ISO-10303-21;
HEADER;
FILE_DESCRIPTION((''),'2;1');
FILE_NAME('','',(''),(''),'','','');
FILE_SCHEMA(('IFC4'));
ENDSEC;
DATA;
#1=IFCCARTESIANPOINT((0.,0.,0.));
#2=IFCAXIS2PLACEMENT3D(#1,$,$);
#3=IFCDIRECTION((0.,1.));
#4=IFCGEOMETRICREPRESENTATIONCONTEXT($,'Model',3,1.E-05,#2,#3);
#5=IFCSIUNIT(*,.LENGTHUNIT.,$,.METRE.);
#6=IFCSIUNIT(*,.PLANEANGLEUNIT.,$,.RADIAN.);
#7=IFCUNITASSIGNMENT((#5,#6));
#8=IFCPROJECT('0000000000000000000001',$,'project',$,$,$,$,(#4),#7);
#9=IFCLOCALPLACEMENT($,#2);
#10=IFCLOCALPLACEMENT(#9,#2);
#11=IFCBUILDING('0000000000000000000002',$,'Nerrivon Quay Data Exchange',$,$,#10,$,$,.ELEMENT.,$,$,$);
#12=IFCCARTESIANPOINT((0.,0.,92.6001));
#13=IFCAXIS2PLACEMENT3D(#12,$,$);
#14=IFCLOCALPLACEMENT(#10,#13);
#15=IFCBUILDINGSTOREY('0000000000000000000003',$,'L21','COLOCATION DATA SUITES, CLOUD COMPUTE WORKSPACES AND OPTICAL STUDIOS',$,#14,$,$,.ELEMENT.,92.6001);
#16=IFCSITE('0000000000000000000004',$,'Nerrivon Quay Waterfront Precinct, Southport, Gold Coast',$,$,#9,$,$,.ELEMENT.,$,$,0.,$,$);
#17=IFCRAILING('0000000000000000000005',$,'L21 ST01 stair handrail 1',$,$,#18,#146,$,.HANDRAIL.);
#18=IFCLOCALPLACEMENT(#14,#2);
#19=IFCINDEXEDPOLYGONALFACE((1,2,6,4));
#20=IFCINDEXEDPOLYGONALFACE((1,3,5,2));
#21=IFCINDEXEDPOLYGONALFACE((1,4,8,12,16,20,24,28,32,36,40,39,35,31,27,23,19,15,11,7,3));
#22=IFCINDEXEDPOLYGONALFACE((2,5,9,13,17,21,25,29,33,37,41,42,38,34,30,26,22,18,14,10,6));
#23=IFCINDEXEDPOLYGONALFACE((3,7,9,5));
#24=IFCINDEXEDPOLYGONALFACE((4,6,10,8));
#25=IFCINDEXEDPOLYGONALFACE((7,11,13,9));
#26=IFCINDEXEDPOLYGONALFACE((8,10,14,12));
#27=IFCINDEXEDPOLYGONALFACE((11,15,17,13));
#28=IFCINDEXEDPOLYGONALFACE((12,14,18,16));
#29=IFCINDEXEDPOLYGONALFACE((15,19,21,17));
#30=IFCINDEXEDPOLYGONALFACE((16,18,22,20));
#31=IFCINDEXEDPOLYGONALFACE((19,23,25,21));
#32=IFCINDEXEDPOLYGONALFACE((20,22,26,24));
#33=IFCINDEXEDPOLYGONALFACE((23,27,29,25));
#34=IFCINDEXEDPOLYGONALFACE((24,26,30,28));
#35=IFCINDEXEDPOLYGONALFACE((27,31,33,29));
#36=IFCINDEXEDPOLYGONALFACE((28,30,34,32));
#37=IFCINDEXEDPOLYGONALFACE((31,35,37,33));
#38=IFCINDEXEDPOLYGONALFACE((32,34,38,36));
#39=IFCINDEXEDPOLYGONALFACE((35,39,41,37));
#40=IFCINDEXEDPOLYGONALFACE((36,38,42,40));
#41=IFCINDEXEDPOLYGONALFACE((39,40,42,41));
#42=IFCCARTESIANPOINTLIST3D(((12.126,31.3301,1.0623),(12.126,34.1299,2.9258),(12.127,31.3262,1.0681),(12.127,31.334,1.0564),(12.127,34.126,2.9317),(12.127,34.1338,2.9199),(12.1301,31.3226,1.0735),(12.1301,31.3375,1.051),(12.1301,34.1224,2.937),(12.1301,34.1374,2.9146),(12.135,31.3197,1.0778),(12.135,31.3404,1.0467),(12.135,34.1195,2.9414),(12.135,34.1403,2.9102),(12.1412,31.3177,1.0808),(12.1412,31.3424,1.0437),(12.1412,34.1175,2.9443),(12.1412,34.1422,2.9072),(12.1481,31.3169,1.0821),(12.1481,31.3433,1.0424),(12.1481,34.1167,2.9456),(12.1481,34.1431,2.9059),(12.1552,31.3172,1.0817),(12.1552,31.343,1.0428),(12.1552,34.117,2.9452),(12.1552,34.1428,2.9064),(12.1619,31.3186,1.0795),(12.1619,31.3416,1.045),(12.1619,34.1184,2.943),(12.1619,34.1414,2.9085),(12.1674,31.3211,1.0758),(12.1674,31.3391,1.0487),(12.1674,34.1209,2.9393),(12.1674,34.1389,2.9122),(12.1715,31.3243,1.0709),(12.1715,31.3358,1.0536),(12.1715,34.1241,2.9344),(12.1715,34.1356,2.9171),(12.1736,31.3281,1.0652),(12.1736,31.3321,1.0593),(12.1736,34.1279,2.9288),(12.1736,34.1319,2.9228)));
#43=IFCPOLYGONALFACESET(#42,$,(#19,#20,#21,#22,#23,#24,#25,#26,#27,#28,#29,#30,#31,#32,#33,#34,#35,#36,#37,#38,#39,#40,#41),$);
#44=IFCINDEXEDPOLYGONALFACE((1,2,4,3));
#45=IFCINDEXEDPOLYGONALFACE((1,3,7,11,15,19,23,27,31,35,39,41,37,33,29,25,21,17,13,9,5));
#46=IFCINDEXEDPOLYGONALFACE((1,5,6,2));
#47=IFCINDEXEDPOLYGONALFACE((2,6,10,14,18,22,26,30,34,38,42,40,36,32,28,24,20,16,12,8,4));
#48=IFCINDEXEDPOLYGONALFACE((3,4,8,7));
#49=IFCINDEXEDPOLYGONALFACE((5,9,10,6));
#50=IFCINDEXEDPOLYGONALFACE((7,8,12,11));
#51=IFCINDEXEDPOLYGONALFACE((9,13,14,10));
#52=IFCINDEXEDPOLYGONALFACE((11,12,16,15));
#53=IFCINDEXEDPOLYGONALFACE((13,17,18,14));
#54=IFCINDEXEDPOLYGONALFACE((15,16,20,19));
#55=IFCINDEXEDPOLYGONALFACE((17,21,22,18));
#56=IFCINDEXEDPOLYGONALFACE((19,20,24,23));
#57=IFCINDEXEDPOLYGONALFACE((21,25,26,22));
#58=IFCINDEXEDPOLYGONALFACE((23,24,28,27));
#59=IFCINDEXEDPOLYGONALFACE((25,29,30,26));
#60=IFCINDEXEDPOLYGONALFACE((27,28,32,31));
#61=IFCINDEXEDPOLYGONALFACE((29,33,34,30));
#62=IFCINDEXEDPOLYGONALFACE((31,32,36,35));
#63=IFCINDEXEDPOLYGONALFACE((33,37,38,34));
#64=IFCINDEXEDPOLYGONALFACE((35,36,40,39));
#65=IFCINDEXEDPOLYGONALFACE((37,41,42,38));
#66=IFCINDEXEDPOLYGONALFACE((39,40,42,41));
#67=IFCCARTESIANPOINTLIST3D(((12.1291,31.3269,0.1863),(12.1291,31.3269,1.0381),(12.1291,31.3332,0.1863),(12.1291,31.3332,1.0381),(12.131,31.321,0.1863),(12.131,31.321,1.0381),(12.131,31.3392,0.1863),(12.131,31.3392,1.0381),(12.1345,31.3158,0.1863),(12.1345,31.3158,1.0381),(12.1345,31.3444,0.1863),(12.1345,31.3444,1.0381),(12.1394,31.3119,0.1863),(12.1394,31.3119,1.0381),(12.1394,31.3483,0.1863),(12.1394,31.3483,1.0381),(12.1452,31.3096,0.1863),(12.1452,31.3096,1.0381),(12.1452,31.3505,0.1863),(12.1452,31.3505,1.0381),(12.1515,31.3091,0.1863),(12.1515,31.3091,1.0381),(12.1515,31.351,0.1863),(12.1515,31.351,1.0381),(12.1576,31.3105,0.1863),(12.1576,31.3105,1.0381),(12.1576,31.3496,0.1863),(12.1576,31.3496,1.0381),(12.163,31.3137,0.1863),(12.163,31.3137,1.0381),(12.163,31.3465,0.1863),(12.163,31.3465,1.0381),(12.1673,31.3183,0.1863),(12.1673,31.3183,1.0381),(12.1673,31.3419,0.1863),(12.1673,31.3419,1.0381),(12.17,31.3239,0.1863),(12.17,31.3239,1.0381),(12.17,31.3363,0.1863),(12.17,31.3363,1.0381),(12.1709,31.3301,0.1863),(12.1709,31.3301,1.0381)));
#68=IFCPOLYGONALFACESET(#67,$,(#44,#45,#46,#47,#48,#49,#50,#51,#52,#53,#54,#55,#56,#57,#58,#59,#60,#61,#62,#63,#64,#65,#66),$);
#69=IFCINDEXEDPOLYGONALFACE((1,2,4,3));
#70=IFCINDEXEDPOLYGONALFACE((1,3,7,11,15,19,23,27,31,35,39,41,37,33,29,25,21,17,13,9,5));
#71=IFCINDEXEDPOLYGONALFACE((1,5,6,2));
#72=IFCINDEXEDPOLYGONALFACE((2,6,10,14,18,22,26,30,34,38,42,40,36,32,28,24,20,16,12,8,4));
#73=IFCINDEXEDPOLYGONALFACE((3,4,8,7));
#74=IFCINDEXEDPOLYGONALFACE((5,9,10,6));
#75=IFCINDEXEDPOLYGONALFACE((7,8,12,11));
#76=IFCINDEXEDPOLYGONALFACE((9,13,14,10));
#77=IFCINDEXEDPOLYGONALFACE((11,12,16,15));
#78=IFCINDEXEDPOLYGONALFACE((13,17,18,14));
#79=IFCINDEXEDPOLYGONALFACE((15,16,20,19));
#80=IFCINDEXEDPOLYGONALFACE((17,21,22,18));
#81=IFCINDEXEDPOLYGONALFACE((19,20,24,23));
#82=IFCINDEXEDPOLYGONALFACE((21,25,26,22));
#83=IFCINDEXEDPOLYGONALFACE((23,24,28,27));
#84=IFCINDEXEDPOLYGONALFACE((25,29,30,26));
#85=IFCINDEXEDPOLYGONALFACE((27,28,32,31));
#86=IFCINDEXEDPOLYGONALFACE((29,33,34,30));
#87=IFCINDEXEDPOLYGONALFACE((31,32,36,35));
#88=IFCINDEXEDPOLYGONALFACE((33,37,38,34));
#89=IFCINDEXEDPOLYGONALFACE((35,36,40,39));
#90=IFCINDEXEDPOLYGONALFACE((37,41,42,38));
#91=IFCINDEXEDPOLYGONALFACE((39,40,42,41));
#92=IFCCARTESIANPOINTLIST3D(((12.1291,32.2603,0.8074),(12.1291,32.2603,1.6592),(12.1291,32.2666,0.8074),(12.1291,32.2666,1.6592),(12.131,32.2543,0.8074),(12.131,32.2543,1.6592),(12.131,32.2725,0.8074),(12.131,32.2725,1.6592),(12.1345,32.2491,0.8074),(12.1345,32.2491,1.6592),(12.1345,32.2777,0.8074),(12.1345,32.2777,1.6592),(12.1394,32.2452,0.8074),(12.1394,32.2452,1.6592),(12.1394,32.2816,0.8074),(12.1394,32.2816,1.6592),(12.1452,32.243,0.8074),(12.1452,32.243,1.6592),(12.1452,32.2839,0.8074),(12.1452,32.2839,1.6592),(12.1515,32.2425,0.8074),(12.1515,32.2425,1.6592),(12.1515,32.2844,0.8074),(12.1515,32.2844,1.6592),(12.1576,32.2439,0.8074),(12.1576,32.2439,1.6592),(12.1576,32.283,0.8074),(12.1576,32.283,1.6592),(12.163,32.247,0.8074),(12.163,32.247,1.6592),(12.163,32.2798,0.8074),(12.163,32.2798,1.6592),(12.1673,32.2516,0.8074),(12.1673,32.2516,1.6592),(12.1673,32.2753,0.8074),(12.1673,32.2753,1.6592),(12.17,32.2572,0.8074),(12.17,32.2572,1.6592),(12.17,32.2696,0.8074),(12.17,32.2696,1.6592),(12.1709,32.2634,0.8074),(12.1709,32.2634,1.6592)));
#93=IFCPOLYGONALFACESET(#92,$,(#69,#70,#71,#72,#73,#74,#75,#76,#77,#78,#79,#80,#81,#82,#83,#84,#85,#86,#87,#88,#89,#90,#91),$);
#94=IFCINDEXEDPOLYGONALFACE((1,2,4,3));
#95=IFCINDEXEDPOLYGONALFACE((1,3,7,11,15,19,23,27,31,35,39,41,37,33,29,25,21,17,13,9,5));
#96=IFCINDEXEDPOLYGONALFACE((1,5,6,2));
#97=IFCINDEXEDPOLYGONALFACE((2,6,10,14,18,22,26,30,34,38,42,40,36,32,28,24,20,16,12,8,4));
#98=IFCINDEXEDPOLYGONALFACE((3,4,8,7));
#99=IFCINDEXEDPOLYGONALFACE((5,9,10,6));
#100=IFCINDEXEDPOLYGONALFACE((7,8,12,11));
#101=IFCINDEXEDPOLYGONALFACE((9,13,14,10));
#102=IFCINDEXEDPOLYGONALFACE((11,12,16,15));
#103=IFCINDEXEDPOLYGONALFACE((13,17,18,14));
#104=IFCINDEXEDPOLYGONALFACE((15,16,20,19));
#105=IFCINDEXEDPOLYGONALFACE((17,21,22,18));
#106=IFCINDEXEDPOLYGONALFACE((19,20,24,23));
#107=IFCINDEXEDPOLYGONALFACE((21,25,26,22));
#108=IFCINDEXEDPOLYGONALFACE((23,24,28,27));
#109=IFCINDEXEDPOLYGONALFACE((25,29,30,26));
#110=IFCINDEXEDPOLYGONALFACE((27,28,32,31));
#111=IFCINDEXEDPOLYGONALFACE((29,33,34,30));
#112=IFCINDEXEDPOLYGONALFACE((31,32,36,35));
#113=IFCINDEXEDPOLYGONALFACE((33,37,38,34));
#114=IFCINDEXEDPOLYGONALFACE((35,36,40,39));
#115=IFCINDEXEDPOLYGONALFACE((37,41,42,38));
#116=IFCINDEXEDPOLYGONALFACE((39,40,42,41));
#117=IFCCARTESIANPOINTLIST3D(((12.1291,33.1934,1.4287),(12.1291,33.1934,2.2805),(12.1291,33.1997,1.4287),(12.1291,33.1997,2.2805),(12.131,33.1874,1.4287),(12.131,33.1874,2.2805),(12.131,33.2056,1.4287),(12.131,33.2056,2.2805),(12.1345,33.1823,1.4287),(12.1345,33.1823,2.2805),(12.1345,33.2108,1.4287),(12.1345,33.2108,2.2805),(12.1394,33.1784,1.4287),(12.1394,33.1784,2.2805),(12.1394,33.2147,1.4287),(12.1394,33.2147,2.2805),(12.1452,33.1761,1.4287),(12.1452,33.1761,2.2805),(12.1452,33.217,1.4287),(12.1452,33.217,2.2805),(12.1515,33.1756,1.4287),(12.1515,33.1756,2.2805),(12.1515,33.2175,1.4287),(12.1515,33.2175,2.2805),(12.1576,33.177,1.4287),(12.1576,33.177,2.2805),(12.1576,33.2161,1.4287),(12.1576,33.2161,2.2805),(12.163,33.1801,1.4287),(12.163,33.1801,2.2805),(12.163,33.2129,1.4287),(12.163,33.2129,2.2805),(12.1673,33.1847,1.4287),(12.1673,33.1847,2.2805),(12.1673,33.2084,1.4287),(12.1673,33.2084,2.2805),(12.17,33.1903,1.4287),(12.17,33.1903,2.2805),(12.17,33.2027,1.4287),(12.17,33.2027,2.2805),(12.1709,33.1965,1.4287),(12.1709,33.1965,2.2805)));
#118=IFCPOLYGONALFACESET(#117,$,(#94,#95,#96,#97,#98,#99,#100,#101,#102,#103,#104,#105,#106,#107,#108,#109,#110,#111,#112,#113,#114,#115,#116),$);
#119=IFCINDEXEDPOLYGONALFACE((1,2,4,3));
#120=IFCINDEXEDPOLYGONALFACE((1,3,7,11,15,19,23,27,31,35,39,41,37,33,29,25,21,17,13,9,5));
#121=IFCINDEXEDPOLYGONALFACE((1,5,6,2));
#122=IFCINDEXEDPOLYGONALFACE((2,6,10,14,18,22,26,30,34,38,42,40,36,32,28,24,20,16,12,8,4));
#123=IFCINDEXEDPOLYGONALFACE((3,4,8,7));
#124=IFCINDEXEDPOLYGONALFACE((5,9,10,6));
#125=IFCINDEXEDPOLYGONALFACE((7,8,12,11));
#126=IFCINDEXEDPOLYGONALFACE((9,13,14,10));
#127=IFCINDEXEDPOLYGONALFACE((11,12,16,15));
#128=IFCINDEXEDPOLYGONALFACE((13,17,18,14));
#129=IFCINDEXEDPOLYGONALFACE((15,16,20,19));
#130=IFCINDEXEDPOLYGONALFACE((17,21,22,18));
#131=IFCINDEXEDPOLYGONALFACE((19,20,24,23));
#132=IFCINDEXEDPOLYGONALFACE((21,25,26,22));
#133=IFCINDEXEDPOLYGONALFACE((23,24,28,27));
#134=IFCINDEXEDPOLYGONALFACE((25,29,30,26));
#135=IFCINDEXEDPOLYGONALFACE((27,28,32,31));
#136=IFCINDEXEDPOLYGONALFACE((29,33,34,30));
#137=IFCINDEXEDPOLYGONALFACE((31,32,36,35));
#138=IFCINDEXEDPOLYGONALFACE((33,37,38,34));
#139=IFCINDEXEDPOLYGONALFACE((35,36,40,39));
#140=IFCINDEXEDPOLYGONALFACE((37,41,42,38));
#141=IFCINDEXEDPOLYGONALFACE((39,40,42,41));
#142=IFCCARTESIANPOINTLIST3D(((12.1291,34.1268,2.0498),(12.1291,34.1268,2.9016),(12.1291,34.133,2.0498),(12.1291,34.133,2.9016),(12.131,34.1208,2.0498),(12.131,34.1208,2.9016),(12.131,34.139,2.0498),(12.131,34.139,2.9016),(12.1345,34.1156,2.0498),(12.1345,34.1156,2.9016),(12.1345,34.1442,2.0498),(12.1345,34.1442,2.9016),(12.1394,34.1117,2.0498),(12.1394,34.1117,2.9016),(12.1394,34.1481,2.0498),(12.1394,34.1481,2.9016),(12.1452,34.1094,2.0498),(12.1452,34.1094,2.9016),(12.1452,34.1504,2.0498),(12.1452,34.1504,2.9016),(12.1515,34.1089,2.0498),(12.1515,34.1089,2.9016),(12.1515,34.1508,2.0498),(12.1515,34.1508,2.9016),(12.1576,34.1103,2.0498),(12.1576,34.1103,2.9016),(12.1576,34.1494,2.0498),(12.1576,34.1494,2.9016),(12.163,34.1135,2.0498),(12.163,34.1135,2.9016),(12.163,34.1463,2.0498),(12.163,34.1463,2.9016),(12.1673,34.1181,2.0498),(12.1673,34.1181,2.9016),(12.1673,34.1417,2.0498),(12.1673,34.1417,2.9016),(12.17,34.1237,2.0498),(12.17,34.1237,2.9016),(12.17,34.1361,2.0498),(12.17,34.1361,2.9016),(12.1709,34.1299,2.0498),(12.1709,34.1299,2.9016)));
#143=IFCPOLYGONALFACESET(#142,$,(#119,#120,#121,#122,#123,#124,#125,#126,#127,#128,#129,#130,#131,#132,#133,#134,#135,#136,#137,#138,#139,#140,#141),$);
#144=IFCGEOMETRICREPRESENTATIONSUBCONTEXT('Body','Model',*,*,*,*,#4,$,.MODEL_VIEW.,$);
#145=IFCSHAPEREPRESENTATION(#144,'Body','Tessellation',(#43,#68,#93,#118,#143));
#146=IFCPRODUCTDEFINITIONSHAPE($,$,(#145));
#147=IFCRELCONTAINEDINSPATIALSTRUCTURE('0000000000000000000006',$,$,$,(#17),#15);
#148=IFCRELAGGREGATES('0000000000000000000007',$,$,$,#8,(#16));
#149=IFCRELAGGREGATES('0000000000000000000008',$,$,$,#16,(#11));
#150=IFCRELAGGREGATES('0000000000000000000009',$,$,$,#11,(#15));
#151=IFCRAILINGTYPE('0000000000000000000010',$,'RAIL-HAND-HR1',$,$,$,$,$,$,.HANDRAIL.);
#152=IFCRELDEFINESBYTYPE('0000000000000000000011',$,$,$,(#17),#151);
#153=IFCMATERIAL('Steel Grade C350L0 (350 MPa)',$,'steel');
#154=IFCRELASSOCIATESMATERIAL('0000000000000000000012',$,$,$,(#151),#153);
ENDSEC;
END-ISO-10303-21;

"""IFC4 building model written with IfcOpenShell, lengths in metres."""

from ifc_helpers import new_model, si_unit, direction, frame, origin, origin_2d, place, context, subcontext, project, spatial, circle, extrude, material, type_object, element, save


model = new_model("IFC4")

# Units and contexts
model_context = context("Model", 3, precision=1e-05, world=origin(), true_north=direction((0.0, 1.0)))
body_context = subcontext(model_context, "Body", "Model", "MODEL_VIEW")
ifc_project = project(units=[si_unit("LENGTHUNIT", "METRE"), si_unit("PLANEANGLEUNIT", "RADIAN")], contexts=[model_context])

# Site, building, storey
site_placement = place(None, origin())
site = spatial("IfcSite", under=ifc_project, at=site_placement, Name="Nerrivon Quay Waterfront Precinct, Southport, Gold Coast", CompositionType="ELEMENT", RefElevation=0.0)
building_placement = place(site_placement, origin())
building = spatial("IfcBuilding", under=site, at=building_placement, Name="Nerrivon Quay Data Exchange", CompositionType="ELEMENT")
storey_placement = place(building_placement, frame((0.0, 0.0, 92.6001)))
storey = spatial("IfcBuildingStorey", under=building, at=storey_placement, Name="L21", Description="COLOCATION DATA SUITES, CLOUD COMPUTE WORKSPACES AND OPTICAL STUDIOS", CompositionType="ELEMENT", Elevation=92.6001)

# Railing
ifc_material_1 = material(Name="Steel Grade C350L0 (350 MPa)", Category="steel")
railing_type_1 = type_object("IfcRailingType", Name="RAIL-HAND-HR1", PredefinedType="HANDRAIL", material=ifc_material_1)
railing_1_placement = place(storey_placement, frame((12.1499, 31.3301, 0.1863)))
element("IfcRailing", 1, at=railing_1_placement, inside=storey, type_object=railing_type_1, Name="L21 ST01 stair handrail 1", PredefinedType="HANDRAIL", context=body_context, shape_type="SweptSolid", body=[
    extrude(circle(Radius=0.0239, at=origin_2d()), frame((0.0, 0.0, 0.876), z_axis=(0.0, 0.832463, 0.55408), x_axis=(-1.0, 0.0, 0.0)), (0.0, 0.0, 1.0), 3.3633),
    extrude(circle(Radius=0.021, at=origin_2d()), origin(), (0.0, 0.0, 1.0), 0.8518),
    extrude(circle(Radius=0.021, at=origin_2d()), frame((0.0, 0.9333, 0.6211)), (0.0, 0.0, 1.0), 0.8518),
    extrude(circle(Radius=0.021, at=origin_2d()), frame((0.0, 1.8665, 1.2424)), (0.0, 0.0, 1.0), 0.8518),
    extrude(circle(Radius=0.021, at=origin_2d()), frame((0.0, 2.7998, 1.8635)), (0.0, 0.0, 1.0), 0.8518),
])

save(model, "model.ifc")
